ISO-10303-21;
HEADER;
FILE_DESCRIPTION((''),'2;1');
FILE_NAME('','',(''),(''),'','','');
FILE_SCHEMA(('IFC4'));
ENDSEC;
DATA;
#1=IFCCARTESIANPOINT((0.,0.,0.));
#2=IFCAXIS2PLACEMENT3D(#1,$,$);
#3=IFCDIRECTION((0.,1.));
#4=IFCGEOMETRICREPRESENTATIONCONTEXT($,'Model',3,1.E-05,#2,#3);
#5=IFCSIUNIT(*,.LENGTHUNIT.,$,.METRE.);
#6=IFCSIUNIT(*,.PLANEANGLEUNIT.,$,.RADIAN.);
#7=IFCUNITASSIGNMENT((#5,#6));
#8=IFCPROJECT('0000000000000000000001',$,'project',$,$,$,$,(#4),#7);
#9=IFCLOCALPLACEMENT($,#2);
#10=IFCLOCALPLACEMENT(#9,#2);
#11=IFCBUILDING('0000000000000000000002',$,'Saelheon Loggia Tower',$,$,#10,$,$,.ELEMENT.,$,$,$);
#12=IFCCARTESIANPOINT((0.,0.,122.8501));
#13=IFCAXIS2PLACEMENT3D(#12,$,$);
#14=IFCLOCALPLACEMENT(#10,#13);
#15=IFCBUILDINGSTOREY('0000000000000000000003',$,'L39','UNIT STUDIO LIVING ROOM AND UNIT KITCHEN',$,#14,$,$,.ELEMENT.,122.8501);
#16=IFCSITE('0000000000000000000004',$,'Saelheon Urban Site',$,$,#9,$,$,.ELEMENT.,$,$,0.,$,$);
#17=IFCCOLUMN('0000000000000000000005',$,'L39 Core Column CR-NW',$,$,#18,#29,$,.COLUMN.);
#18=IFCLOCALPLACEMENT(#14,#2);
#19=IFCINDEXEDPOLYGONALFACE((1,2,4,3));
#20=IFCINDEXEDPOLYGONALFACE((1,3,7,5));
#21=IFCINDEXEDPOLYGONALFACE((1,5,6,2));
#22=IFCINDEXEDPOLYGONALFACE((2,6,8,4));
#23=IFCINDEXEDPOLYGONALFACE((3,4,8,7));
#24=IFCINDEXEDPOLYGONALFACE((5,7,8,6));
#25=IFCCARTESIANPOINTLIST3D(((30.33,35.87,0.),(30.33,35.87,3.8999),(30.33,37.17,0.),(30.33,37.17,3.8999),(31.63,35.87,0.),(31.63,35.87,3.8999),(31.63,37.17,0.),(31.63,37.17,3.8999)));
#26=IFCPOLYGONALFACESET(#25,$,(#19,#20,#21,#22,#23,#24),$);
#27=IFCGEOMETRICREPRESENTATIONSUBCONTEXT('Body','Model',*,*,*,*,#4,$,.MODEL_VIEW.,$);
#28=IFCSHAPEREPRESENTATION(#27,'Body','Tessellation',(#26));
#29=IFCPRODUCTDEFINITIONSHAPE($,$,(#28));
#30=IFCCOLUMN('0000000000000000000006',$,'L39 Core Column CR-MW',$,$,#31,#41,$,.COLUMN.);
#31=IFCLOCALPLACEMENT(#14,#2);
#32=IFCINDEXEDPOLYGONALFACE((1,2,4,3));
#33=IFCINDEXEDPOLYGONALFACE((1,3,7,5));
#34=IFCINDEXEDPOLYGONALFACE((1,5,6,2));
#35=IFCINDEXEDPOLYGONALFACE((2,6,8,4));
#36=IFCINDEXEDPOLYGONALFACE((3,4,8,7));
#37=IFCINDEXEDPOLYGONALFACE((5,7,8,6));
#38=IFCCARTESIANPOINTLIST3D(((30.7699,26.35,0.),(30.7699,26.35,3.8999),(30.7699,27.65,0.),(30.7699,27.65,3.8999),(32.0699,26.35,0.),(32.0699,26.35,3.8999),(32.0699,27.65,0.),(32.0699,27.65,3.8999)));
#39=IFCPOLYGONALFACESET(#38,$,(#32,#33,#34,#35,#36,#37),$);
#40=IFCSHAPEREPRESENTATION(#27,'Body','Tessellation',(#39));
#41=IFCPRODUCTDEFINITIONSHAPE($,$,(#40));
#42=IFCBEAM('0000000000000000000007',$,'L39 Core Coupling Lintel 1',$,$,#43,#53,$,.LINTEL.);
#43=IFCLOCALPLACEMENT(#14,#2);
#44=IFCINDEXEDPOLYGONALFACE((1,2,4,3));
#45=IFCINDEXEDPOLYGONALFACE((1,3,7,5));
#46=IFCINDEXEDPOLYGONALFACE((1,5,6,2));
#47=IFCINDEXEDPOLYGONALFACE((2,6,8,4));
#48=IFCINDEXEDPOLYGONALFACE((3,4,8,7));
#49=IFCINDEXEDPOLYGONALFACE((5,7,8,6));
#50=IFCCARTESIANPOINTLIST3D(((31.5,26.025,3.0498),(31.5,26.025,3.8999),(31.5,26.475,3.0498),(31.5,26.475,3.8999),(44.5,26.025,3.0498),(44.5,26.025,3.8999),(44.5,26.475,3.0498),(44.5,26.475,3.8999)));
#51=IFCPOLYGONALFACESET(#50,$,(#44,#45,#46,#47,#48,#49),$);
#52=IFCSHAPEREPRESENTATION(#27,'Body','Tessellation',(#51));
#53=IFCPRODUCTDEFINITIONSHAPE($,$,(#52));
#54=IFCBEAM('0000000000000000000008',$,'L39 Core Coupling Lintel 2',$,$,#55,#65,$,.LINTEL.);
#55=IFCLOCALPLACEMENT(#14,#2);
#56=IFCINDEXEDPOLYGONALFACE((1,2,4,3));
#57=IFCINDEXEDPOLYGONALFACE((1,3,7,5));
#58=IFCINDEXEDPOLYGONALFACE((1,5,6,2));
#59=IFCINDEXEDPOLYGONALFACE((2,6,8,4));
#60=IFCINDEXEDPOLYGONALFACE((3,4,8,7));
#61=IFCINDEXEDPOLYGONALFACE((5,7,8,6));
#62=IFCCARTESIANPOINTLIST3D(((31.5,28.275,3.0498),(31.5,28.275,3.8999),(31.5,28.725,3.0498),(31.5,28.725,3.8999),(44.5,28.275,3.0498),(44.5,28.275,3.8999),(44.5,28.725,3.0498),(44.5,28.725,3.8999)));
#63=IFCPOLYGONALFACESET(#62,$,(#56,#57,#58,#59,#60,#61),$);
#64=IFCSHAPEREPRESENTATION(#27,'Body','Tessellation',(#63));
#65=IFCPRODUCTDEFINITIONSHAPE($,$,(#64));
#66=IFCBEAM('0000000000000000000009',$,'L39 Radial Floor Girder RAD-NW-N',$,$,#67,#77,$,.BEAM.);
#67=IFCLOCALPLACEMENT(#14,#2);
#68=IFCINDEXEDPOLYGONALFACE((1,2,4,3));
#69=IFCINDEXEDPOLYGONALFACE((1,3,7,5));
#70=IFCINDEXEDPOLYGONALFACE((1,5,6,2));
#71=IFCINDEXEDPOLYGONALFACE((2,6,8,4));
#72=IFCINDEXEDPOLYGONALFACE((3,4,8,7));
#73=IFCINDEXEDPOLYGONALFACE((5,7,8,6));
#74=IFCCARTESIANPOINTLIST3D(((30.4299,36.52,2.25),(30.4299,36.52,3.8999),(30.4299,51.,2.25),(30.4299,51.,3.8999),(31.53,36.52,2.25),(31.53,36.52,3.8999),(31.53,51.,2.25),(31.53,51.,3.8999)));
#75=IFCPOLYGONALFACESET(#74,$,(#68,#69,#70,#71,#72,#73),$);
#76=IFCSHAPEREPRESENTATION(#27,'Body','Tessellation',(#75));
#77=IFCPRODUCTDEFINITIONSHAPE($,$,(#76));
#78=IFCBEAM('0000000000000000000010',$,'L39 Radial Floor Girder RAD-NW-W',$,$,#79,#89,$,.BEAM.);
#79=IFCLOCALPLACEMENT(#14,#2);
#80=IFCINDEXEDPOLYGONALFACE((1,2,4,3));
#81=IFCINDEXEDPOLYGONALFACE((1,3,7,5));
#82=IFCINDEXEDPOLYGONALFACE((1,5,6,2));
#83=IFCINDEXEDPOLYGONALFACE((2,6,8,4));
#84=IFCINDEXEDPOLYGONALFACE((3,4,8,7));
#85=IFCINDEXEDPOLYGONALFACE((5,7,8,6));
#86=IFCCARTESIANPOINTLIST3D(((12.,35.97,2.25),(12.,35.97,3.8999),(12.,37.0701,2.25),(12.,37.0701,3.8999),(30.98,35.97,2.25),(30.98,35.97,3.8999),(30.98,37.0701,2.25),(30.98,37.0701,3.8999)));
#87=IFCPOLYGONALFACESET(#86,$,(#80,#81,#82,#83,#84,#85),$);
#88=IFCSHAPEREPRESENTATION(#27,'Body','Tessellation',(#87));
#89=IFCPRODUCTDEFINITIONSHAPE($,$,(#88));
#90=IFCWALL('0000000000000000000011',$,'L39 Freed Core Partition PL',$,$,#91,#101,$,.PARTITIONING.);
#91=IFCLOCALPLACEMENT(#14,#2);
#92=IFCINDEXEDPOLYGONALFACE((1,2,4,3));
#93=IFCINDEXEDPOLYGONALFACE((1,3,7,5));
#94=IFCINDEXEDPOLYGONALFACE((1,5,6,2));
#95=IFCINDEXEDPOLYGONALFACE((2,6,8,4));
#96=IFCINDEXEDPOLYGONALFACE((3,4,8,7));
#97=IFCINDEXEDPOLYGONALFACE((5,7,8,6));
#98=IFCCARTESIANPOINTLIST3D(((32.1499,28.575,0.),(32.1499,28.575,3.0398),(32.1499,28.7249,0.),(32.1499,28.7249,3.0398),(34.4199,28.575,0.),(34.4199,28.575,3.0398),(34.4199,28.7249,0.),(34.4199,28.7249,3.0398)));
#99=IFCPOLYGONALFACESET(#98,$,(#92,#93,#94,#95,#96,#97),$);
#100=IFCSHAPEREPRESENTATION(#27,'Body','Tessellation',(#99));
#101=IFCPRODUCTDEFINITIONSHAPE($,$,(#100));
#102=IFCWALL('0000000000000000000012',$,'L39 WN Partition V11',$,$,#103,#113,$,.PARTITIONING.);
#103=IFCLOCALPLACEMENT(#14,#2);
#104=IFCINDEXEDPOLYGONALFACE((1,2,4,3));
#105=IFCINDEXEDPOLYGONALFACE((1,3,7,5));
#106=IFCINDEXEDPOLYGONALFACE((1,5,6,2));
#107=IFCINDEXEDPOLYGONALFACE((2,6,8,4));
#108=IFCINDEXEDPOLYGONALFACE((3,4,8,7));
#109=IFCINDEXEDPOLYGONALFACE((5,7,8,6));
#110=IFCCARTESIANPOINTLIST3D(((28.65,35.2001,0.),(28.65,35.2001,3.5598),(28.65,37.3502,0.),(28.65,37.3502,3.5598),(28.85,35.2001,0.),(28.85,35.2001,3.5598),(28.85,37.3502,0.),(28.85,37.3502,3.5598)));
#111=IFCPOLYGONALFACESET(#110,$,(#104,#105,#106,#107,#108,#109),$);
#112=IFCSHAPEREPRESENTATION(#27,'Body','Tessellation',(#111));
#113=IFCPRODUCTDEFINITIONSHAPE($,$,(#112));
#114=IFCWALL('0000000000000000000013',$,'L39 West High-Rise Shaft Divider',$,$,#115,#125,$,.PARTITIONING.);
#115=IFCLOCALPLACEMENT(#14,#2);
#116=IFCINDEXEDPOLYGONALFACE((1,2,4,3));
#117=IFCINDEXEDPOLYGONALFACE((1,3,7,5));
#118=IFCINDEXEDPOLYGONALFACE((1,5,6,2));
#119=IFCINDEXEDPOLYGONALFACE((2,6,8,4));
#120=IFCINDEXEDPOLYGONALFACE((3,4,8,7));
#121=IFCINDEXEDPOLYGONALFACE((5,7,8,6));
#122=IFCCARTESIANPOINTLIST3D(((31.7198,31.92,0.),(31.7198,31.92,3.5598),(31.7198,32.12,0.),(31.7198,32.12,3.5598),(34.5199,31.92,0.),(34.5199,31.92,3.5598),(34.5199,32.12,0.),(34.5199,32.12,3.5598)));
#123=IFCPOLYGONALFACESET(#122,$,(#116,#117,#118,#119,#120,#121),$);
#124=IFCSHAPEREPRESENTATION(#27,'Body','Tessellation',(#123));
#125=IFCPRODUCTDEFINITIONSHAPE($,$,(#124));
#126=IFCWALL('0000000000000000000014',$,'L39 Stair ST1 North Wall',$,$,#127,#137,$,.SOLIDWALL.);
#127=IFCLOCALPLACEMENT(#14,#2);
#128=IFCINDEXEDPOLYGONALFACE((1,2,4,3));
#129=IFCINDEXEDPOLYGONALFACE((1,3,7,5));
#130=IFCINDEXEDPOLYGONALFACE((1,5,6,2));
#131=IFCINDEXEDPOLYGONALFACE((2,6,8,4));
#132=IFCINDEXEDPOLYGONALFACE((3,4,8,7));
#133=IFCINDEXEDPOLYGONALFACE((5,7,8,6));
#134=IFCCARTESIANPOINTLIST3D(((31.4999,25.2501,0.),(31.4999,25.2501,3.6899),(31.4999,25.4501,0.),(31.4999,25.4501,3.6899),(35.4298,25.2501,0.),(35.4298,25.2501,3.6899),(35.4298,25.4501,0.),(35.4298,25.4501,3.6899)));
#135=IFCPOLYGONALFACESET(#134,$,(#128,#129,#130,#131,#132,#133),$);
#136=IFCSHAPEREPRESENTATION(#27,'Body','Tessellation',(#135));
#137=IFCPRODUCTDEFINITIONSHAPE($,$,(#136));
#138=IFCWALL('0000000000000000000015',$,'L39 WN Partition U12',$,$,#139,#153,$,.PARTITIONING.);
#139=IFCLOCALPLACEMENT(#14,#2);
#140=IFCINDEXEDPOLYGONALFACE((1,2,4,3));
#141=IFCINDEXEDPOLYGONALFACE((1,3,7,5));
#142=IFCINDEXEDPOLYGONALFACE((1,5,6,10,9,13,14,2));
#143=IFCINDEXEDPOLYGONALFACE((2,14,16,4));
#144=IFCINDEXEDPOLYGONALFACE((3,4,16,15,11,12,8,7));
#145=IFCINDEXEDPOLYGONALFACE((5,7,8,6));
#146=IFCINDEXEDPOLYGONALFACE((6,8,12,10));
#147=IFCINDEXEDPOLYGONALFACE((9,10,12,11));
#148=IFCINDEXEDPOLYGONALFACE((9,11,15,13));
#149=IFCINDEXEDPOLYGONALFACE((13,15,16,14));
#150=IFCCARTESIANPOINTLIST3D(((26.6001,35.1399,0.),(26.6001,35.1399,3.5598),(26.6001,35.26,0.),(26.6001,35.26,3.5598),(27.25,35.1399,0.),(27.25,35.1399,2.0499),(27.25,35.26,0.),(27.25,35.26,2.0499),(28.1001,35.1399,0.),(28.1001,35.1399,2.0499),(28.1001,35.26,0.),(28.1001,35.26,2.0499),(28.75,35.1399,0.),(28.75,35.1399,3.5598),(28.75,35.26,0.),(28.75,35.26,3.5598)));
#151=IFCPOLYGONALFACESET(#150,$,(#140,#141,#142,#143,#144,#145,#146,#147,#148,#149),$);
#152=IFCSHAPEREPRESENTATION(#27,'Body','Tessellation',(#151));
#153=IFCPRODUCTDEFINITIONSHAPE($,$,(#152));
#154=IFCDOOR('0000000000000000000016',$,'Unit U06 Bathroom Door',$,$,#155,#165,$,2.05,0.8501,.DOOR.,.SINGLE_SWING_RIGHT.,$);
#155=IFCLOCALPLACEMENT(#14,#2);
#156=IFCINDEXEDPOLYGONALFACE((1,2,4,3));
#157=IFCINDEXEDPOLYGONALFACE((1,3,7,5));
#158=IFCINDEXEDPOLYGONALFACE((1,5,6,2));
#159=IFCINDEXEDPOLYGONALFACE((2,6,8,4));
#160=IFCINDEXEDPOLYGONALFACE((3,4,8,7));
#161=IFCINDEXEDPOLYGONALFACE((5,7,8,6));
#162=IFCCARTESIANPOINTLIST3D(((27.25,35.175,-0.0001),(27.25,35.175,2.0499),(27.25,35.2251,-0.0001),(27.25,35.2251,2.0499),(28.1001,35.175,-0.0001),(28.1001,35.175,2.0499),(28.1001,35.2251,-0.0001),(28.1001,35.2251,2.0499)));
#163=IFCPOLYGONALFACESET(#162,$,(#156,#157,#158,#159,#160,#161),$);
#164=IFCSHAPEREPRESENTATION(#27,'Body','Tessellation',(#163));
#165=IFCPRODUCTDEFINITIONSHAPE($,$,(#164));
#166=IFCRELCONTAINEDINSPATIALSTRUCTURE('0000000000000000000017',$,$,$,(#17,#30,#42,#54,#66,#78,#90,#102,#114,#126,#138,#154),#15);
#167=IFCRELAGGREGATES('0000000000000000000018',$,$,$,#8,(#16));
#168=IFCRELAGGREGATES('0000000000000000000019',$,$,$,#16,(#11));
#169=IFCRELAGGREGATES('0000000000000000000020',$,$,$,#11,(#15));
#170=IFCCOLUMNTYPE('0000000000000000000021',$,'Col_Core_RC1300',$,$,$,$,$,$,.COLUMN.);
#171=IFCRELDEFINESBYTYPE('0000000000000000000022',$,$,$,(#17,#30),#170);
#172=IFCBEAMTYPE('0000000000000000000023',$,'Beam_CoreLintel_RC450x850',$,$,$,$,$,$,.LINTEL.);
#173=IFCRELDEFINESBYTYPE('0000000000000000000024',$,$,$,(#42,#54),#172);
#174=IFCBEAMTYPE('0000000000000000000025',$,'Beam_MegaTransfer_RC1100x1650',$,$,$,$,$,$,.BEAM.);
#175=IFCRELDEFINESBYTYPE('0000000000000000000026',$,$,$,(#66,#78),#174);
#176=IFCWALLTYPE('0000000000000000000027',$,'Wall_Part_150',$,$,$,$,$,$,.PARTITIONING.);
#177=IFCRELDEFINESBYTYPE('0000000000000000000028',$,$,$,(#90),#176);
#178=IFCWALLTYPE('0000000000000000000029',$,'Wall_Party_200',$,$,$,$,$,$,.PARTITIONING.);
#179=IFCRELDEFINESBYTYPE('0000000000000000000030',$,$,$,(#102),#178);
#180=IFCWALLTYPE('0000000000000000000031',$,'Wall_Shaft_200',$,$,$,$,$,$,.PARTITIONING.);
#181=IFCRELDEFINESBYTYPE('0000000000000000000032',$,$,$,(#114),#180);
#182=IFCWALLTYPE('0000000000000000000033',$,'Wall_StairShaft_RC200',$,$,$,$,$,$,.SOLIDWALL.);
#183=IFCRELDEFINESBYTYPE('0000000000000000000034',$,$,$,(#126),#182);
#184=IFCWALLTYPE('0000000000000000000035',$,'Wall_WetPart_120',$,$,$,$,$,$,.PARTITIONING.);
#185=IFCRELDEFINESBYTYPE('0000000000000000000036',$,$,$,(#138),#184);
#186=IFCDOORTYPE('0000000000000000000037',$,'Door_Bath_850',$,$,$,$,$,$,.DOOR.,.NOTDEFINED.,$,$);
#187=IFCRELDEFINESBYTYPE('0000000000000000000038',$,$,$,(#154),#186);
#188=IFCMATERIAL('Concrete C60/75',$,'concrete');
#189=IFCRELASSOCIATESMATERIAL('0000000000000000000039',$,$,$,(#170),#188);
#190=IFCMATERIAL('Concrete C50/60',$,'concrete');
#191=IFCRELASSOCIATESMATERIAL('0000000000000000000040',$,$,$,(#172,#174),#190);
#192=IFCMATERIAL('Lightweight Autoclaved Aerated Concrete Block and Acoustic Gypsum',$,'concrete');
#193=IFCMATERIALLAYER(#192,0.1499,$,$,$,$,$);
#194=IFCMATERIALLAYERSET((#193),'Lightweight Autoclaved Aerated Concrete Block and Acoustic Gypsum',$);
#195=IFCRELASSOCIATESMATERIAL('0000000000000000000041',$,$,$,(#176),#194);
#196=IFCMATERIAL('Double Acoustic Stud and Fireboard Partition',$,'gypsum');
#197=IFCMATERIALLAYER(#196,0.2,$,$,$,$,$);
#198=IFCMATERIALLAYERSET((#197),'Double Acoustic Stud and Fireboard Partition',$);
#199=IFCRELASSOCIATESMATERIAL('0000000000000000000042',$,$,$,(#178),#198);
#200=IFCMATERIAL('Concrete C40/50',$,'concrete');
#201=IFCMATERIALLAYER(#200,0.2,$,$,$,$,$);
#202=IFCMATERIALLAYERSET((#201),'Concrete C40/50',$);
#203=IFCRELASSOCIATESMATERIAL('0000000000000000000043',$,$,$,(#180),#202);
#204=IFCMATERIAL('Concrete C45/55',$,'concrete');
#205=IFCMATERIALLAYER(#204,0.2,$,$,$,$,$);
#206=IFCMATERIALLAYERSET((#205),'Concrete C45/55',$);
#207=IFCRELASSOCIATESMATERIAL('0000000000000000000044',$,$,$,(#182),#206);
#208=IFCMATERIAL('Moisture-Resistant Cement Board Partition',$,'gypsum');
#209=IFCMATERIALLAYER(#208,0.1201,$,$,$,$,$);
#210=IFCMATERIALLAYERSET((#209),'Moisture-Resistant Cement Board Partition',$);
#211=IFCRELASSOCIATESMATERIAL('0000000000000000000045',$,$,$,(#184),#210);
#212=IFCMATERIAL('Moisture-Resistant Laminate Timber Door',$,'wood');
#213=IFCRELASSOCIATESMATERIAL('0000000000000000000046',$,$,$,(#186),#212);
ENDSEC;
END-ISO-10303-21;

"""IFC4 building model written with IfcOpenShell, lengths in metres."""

from ifc_helpers import new_model, si_unit, direction, frame, frame_2d, origin, origin_2d, place, context, subcontext, project, spatial, rectangle, extrude, source, transform, mapped, material, layer, layer_set, material_profile, profile_set, type_object, element, fill, save


model = new_model("IFC4")

# Units and contexts
model_context = context("Model", 3, precision=1e-05, world=origin(), true_north=direction((0.0, 1.0)))
body_context = subcontext(model_context, "Body", "Model", "MODEL_VIEW")
ifc_project = project(units=[si_unit("LENGTHUNIT", "METRE"), si_unit("PLANEANGLEUNIT", "RADIAN")], contexts=[model_context])

# Site, building, storey
site_placement = place(None, origin())
site = spatial("IfcSite", under=ifc_project, at=site_placement, Name="Saelheon Urban Site", CompositionType="ELEMENT", RefElevation=0.0)
building_placement = place(site_placement, origin())
building = spatial("IfcBuilding", under=site, at=building_placement, Name="Saelheon Loggia Tower", CompositionType="ELEMENT")
storey_placement = place(building_placement, frame((0.0, 0.0, 122.8501)))
storey = spatial("IfcBuildingStorey", under=building, at=storey_placement, Name="L39", Description="UNIT STUDIO LIVING ROOM AND UNIT KITCHEN", CompositionType="ELEMENT", Elevation=122.8501)

# Columns
ifc_material_1 = material(Name="Concrete C60/75", Category="concrete")
ifc_material_profile_1 = material_profile(ifc_material_1, rectangle(XDim=1.3, YDim=1.3, at=origin_2d()), Name="RC-1300x1300")
ifc_profile_set_1 = profile_set([ifc_material_profile_1], Name="Concrete C60/75")
column_type = type_object("IfcColumnType", Name="Col_Core_RC1300", PredefinedType="COLUMN", material=ifc_profile_set_1)
shared_shape_1 = source(origin(), body_context, "Body", "SweptSolid", [
    extrude(rectangle(XDim=1.3, YDim=1.3, at=origin_2d()), origin(), (0.0, 0.0, 1.0), 3.8999),
])
for number, where, z_axis, x_axis, name in (
    (1, (30.98, 36.52, 0.0), (0.0, 0.0, 1.0), (1.0, 0.0, 0.0), "L39 Core Column CR-NW"),
    (2, (31.4199, 27.0, 0.0), (0.0, 0.0, 1.0), (1.0, 0.0, 0.0), "L39 Core Column CR-MW"),
):
    element("IfcColumn", number, at=place(storey_placement, frame(where, z_axis=z_axis, x_axis=x_axis)), inside=storey, type_object=column_type, Name=name, PredefinedType="COLUMN", context=body_context, shape_type="MappedRepresentation", body=[
        mapped(shared_shape_1, transform((0.0, 0.0, 0.0), scale=1.0)),
    ])

# Beams
ifc_material_2 = material(Name="Concrete C50/60", Category="concrete")
ifc_material_profile_2 = material_profile(ifc_material_2, rectangle(XDim=0.45, YDim=0.8501, at=origin_2d()), Name="RC-450x850")
ifc_profile_set_2 = profile_set([ifc_material_profile_2], Name="Concrete C50/60")
beam_type_1 = type_object("IfcBeamType", Name="Beam_CoreLintel_RC450x850", PredefinedType="LINTEL", material=ifc_profile_set_2)
shared_shape_2 = source(origin(), body_context, "Body", "SweptSolid", [
    extrude(rectangle(XDim=0.45, YDim=0.8501, at=origin_2d()), origin(), (0.0, 0.0, 1.0), 13.0),
])
for number, where, z_axis, x_axis, name in (
    (3, (31.5, 26.25, 3.4749), (1.0, 0.0, 0.0), (0.0, 1.0, 0.0), "L39 Core Coupling Lintel 1"),
    (4, (31.5, 28.5, 3.4749), (1.0, 0.0, 0.0), (0.0, 1.0, 0.0), "L39 Core Coupling Lintel 2"),
):
    element("IfcBeam", number, at=place(storey_placement, frame(where, z_axis=z_axis, x_axis=x_axis)), inside=storey, type_object=beam_type_1, Name=name, PredefinedType="LINTEL", context=body_context, shape_type="MappedRepresentation", body=[
        mapped(shared_shape_2, transform((0.0, 0.0, 0.0), scale=1.0)),
    ])
ifc_material_profile_3 = material_profile(ifc_material_2, rectangle(XDim=1.1001, YDim=1.6499, at=origin_2d()), Name="RC-1100x1650")
ifc_profile_set_3 = profile_set([ifc_material_profile_3], Name="Concrete C50/60")
beam_type_2 = type_object("IfcBeamType", Name="Beam_MegaTransfer_RC1100x1650", PredefinedType="BEAM", material=ifc_profile_set_3)
shared_shape_3 = source(origin(), body_context, "Body", "SweptSolid", [
    extrude(rectangle(XDim=1.1001, YDim=1.6499, at=origin_2d()), origin(), (0.0, 0.0, 1.0), 14.48),
])
beam_1_placement = place(storey_placement, frame((30.98, 36.52, 3.075), z_axis=(0.0, 1.0, 0.0), x_axis=(-1.0, 0.0, 0.0)))
element("IfcBeam", 5, at=beam_1_placement, inside=storey, type_object=beam_type_2, Name="L39 Radial Floor Girder RAD-NW-N", PredefinedType="BEAM", context=body_context, shape_type="MappedRepresentation", body=[
    mapped(shared_shape_3, transform((0.0, 0.0, 0.0), scale=1.0)),
])
shared_shape_4 = source(origin(), body_context, "Body", "SweptSolid", [
    extrude(rectangle(XDim=1.1001, YDim=1.6499, at=origin_2d()), origin(), (0.0, 0.0, 1.0), 18.98),
])
beam_2_placement = place(storey_placement, frame((30.98, 36.52, 3.075), z_axis=(-1.0, 0.0, 0.0), x_axis=(0.0, -1.0, 0.0)))
element("IfcBeam", 6, at=beam_2_placement, inside=storey, type_object=beam_type_2, Name="L39 Radial Floor Girder RAD-NW-W", PredefinedType="BEAM", context=body_context, shape_type="MappedRepresentation", body=[
    mapped(shared_shape_4, transform((0.0, 0.0, 0.0), scale=1.0)),
])

# Wall
ifc_material_3 = material(Name="Lightweight Autoclaved Aerated Concrete Block and Acoustic Gypsum", Category="concrete")
ifc_layer_1 = layer(ifc_material_3, 0.1499)
ifc_layer_set_1 = layer_set([ifc_layer_1], Name="Lightweight Autoclaved Aerated Concrete Block and Acoustic Gypsum")
wall_type_1 = type_object("IfcWallType", Name="Wall_Part_150", PredefinedType="PARTITIONING", material=ifc_layer_set_1)
wall_1_placement = place(storey_placement, frame((32.1499, 28.6499, 0.0), z_axis=(0.0, 0.0, 1.0), x_axis=(1.0, 0.0, 0.0)))
element("IfcWall", 7, at=wall_1_placement, inside=storey, type_object=wall_type_1, Name="L39 Freed Core Partition PL", PredefinedType="PARTITIONING", context=body_context, shape_type="SweptSolid", body=[
    extrude(rectangle(XDim=2.27, YDim=0.1499, at=frame_2d((1.135, 0.0))), origin(), (0.0, 0.0, 1.0), 3.0398),
])

# Shared definitions
ifc_material_4 = material(Name="Double Acoustic Stud and Fireboard Partition", Category="gypsum")
ifc_layer_2 = layer(ifc_material_4, 0.2)
ifc_layer_set_2 = layer_set([ifc_layer_2], Name="Double Acoustic Stud and Fireboard Partition")
wall_type_2 = type_object("IfcWallType", Name="Wall_Party_200", PredefinedType="PARTITIONING", material=ifc_layer_set_2)

# Walls
wall_2_placement = place(storey_placement, frame((28.75, 35.2, 0.0), z_axis=(0.0, 0.0, 1.0), x_axis=(0.0, 1.0, 0.0)))
element("IfcWall", 8, at=wall_2_placement, inside=storey, type_object=wall_type_2, Name="L39 WN Partition V11", PredefinedType="PARTITIONING", context=body_context, shape_type="SweptSolid", body=[
    extrude(rectangle(XDim=2.1501, YDim=0.2, at=frame_2d((1.0752, 0.0))), origin(), (0.0, 0.0, 1.0), 3.5598),
])
ifc_material_5 = material(Name="Concrete C40/50", Category="concrete")
ifc_layer_3 = layer(ifc_material_5, 0.2)
ifc_layer_set_3 = layer_set([ifc_layer_3], Name="Concrete C40/50")
wall_type_3 = type_object("IfcWallType", Name="Wall_Shaft_200", PredefinedType="PARTITIONING", material=ifc_layer_set_3)
wall_3_placement = place(storey_placement, frame((31.72, 32.02, 0.0), z_axis=(0.0, 0.0, 1.0), x_axis=(1.0, 0.0, 0.0)))
element("IfcWall", 9, at=wall_3_placement, inside=storey, type_object=wall_type_3, Name="L39 West High-Rise Shaft Divider", PredefinedType="PARTITIONING", context=body_context, shape_type="SweptSolid", body=[
    extrude(rectangle(XDim=2.8, YDim=0.2, at=frame_2d((1.3999, 0.0))), origin(), (0.0, 0.0, 1.0), 3.5598),
])
ifc_material_6 = material(Name="Concrete C45/55", Category="concrete")
ifc_layer_4 = layer(ifc_material_6, 0.2)
ifc_layer_set_4 = layer_set([ifc_layer_4], Name="Concrete C45/55")
wall_type_4 = type_object("IfcWallType", Name="Wall_StairShaft_RC200", PredefinedType="SOLIDWALL", material=ifc_layer_set_4)
wall_4_placement = place(storey_placement, frame((31.5, 25.3501, 0.0), z_axis=(0.0, 0.0, 1.0), x_axis=(1.0, 0.0, 0.0)))
element("IfcWall", 10, at=wall_4_placement, inside=storey, type_object=wall_type_4, Name="L39 Stair ST1 North Wall", PredefinedType="SOLIDWALL", context=body_context, shape_type="SweptSolid", body=[
    extrude(rectangle(XDim=3.9299, YDim=0.2, at=frame_2d((1.9648, 0.0))), origin(), (0.0, 0.0, 1.0), 3.6899),
])

# Wall, opening, door
ifc_material_7 = material(Name="Moisture-Resistant Cement Board Partition", Category="gypsum")
ifc_layer_5 = layer(ifc_material_7, 0.1201)
ifc_layer_set_5 = layer_set([ifc_layer_5], Name="Moisture-Resistant Cement Board Partition")
wall_type_5 = type_object("IfcWallType", Name="Wall_WetPart_120", PredefinedType="PARTITIONING", material=ifc_layer_set_5)
wall_5_placement = place(storey_placement, frame((28.75, 35.2, 0.0), z_axis=(0.0, 0.0, 1.0), x_axis=(-1.0, 0.0, 0.0)))
wall_5 = element("IfcWall", 11, at=wall_5_placement, inside=storey, type_object=wall_type_5, Name="L39 WN Partition U12", PredefinedType="PARTITIONING", context=body_context, shape_type="SweptSolid", body=[
    extrude(rectangle(XDim=2.1499, YDim=0.1201, at=frame_2d((1.075, 0.0))), origin(), (0.0, 0.0, 1.0), 3.5598),
])
opening_1_placement = place(wall_5_placement, frame((0.6499, 0.0, 0.0)))
opening_1 = element("IfcOpeningElement", 12, at=opening_1_placement, cuts=wall_5, PredefinedType="OPENING", context=body_context, shape_type="SweptSolid", body=[
    extrude(rectangle(XDim=0.8501, YDim=2.05, at=frame_2d((0.425, 1.0249))), frame((0.0, 0.072, 0.0), z_axis=(0.0, -1.0, 0.0), x_axis=(1.0, 0.0, 0.0)), (0.0, 0.0, 1.0), 0.144),
])
ifc_material_8 = material(Name="Moisture-Resistant Laminate Timber Door", Category="wood")
door_type_1 = type_object("IfcDoorType", Name="Door_Bath_850", OperationType="NOTDEFINED", PredefinedType="DOOR", material=ifc_material_8)
shared_shape_5 = source(origin(), body_context, "Body", "SweptSolid", [
    extrude(rectangle(XDim=0.8501, YDim=2.05, at=frame_2d((0.425, 1.0249))), frame((0.0, 0.0249, 0.0), z_axis=(0.0, -1.0, 0.0), x_axis=(1.0, 0.0, 0.0)), (0.0, 0.0, 1.0), 0.05),
])
door_1_placement = place(opening_1_placement, origin())
door_1 = element("IfcDoor", 13, at=door_1_placement, inside=storey, type_object=door_type_1, Name="Unit U06 Bathroom Door", OperationType="SINGLE_SWING_RIGHT", OverallHeight=2.05, OverallWidth=0.8501, PredefinedType="DOOR", context=body_context, shape_type="MappedRepresentation", body=[
    mapped(shared_shape_5, transform((0.0, 0.0, 0.0), scale=1.0)),
])
fill(opening_1, door_1)

save(model, "model.ifc")
